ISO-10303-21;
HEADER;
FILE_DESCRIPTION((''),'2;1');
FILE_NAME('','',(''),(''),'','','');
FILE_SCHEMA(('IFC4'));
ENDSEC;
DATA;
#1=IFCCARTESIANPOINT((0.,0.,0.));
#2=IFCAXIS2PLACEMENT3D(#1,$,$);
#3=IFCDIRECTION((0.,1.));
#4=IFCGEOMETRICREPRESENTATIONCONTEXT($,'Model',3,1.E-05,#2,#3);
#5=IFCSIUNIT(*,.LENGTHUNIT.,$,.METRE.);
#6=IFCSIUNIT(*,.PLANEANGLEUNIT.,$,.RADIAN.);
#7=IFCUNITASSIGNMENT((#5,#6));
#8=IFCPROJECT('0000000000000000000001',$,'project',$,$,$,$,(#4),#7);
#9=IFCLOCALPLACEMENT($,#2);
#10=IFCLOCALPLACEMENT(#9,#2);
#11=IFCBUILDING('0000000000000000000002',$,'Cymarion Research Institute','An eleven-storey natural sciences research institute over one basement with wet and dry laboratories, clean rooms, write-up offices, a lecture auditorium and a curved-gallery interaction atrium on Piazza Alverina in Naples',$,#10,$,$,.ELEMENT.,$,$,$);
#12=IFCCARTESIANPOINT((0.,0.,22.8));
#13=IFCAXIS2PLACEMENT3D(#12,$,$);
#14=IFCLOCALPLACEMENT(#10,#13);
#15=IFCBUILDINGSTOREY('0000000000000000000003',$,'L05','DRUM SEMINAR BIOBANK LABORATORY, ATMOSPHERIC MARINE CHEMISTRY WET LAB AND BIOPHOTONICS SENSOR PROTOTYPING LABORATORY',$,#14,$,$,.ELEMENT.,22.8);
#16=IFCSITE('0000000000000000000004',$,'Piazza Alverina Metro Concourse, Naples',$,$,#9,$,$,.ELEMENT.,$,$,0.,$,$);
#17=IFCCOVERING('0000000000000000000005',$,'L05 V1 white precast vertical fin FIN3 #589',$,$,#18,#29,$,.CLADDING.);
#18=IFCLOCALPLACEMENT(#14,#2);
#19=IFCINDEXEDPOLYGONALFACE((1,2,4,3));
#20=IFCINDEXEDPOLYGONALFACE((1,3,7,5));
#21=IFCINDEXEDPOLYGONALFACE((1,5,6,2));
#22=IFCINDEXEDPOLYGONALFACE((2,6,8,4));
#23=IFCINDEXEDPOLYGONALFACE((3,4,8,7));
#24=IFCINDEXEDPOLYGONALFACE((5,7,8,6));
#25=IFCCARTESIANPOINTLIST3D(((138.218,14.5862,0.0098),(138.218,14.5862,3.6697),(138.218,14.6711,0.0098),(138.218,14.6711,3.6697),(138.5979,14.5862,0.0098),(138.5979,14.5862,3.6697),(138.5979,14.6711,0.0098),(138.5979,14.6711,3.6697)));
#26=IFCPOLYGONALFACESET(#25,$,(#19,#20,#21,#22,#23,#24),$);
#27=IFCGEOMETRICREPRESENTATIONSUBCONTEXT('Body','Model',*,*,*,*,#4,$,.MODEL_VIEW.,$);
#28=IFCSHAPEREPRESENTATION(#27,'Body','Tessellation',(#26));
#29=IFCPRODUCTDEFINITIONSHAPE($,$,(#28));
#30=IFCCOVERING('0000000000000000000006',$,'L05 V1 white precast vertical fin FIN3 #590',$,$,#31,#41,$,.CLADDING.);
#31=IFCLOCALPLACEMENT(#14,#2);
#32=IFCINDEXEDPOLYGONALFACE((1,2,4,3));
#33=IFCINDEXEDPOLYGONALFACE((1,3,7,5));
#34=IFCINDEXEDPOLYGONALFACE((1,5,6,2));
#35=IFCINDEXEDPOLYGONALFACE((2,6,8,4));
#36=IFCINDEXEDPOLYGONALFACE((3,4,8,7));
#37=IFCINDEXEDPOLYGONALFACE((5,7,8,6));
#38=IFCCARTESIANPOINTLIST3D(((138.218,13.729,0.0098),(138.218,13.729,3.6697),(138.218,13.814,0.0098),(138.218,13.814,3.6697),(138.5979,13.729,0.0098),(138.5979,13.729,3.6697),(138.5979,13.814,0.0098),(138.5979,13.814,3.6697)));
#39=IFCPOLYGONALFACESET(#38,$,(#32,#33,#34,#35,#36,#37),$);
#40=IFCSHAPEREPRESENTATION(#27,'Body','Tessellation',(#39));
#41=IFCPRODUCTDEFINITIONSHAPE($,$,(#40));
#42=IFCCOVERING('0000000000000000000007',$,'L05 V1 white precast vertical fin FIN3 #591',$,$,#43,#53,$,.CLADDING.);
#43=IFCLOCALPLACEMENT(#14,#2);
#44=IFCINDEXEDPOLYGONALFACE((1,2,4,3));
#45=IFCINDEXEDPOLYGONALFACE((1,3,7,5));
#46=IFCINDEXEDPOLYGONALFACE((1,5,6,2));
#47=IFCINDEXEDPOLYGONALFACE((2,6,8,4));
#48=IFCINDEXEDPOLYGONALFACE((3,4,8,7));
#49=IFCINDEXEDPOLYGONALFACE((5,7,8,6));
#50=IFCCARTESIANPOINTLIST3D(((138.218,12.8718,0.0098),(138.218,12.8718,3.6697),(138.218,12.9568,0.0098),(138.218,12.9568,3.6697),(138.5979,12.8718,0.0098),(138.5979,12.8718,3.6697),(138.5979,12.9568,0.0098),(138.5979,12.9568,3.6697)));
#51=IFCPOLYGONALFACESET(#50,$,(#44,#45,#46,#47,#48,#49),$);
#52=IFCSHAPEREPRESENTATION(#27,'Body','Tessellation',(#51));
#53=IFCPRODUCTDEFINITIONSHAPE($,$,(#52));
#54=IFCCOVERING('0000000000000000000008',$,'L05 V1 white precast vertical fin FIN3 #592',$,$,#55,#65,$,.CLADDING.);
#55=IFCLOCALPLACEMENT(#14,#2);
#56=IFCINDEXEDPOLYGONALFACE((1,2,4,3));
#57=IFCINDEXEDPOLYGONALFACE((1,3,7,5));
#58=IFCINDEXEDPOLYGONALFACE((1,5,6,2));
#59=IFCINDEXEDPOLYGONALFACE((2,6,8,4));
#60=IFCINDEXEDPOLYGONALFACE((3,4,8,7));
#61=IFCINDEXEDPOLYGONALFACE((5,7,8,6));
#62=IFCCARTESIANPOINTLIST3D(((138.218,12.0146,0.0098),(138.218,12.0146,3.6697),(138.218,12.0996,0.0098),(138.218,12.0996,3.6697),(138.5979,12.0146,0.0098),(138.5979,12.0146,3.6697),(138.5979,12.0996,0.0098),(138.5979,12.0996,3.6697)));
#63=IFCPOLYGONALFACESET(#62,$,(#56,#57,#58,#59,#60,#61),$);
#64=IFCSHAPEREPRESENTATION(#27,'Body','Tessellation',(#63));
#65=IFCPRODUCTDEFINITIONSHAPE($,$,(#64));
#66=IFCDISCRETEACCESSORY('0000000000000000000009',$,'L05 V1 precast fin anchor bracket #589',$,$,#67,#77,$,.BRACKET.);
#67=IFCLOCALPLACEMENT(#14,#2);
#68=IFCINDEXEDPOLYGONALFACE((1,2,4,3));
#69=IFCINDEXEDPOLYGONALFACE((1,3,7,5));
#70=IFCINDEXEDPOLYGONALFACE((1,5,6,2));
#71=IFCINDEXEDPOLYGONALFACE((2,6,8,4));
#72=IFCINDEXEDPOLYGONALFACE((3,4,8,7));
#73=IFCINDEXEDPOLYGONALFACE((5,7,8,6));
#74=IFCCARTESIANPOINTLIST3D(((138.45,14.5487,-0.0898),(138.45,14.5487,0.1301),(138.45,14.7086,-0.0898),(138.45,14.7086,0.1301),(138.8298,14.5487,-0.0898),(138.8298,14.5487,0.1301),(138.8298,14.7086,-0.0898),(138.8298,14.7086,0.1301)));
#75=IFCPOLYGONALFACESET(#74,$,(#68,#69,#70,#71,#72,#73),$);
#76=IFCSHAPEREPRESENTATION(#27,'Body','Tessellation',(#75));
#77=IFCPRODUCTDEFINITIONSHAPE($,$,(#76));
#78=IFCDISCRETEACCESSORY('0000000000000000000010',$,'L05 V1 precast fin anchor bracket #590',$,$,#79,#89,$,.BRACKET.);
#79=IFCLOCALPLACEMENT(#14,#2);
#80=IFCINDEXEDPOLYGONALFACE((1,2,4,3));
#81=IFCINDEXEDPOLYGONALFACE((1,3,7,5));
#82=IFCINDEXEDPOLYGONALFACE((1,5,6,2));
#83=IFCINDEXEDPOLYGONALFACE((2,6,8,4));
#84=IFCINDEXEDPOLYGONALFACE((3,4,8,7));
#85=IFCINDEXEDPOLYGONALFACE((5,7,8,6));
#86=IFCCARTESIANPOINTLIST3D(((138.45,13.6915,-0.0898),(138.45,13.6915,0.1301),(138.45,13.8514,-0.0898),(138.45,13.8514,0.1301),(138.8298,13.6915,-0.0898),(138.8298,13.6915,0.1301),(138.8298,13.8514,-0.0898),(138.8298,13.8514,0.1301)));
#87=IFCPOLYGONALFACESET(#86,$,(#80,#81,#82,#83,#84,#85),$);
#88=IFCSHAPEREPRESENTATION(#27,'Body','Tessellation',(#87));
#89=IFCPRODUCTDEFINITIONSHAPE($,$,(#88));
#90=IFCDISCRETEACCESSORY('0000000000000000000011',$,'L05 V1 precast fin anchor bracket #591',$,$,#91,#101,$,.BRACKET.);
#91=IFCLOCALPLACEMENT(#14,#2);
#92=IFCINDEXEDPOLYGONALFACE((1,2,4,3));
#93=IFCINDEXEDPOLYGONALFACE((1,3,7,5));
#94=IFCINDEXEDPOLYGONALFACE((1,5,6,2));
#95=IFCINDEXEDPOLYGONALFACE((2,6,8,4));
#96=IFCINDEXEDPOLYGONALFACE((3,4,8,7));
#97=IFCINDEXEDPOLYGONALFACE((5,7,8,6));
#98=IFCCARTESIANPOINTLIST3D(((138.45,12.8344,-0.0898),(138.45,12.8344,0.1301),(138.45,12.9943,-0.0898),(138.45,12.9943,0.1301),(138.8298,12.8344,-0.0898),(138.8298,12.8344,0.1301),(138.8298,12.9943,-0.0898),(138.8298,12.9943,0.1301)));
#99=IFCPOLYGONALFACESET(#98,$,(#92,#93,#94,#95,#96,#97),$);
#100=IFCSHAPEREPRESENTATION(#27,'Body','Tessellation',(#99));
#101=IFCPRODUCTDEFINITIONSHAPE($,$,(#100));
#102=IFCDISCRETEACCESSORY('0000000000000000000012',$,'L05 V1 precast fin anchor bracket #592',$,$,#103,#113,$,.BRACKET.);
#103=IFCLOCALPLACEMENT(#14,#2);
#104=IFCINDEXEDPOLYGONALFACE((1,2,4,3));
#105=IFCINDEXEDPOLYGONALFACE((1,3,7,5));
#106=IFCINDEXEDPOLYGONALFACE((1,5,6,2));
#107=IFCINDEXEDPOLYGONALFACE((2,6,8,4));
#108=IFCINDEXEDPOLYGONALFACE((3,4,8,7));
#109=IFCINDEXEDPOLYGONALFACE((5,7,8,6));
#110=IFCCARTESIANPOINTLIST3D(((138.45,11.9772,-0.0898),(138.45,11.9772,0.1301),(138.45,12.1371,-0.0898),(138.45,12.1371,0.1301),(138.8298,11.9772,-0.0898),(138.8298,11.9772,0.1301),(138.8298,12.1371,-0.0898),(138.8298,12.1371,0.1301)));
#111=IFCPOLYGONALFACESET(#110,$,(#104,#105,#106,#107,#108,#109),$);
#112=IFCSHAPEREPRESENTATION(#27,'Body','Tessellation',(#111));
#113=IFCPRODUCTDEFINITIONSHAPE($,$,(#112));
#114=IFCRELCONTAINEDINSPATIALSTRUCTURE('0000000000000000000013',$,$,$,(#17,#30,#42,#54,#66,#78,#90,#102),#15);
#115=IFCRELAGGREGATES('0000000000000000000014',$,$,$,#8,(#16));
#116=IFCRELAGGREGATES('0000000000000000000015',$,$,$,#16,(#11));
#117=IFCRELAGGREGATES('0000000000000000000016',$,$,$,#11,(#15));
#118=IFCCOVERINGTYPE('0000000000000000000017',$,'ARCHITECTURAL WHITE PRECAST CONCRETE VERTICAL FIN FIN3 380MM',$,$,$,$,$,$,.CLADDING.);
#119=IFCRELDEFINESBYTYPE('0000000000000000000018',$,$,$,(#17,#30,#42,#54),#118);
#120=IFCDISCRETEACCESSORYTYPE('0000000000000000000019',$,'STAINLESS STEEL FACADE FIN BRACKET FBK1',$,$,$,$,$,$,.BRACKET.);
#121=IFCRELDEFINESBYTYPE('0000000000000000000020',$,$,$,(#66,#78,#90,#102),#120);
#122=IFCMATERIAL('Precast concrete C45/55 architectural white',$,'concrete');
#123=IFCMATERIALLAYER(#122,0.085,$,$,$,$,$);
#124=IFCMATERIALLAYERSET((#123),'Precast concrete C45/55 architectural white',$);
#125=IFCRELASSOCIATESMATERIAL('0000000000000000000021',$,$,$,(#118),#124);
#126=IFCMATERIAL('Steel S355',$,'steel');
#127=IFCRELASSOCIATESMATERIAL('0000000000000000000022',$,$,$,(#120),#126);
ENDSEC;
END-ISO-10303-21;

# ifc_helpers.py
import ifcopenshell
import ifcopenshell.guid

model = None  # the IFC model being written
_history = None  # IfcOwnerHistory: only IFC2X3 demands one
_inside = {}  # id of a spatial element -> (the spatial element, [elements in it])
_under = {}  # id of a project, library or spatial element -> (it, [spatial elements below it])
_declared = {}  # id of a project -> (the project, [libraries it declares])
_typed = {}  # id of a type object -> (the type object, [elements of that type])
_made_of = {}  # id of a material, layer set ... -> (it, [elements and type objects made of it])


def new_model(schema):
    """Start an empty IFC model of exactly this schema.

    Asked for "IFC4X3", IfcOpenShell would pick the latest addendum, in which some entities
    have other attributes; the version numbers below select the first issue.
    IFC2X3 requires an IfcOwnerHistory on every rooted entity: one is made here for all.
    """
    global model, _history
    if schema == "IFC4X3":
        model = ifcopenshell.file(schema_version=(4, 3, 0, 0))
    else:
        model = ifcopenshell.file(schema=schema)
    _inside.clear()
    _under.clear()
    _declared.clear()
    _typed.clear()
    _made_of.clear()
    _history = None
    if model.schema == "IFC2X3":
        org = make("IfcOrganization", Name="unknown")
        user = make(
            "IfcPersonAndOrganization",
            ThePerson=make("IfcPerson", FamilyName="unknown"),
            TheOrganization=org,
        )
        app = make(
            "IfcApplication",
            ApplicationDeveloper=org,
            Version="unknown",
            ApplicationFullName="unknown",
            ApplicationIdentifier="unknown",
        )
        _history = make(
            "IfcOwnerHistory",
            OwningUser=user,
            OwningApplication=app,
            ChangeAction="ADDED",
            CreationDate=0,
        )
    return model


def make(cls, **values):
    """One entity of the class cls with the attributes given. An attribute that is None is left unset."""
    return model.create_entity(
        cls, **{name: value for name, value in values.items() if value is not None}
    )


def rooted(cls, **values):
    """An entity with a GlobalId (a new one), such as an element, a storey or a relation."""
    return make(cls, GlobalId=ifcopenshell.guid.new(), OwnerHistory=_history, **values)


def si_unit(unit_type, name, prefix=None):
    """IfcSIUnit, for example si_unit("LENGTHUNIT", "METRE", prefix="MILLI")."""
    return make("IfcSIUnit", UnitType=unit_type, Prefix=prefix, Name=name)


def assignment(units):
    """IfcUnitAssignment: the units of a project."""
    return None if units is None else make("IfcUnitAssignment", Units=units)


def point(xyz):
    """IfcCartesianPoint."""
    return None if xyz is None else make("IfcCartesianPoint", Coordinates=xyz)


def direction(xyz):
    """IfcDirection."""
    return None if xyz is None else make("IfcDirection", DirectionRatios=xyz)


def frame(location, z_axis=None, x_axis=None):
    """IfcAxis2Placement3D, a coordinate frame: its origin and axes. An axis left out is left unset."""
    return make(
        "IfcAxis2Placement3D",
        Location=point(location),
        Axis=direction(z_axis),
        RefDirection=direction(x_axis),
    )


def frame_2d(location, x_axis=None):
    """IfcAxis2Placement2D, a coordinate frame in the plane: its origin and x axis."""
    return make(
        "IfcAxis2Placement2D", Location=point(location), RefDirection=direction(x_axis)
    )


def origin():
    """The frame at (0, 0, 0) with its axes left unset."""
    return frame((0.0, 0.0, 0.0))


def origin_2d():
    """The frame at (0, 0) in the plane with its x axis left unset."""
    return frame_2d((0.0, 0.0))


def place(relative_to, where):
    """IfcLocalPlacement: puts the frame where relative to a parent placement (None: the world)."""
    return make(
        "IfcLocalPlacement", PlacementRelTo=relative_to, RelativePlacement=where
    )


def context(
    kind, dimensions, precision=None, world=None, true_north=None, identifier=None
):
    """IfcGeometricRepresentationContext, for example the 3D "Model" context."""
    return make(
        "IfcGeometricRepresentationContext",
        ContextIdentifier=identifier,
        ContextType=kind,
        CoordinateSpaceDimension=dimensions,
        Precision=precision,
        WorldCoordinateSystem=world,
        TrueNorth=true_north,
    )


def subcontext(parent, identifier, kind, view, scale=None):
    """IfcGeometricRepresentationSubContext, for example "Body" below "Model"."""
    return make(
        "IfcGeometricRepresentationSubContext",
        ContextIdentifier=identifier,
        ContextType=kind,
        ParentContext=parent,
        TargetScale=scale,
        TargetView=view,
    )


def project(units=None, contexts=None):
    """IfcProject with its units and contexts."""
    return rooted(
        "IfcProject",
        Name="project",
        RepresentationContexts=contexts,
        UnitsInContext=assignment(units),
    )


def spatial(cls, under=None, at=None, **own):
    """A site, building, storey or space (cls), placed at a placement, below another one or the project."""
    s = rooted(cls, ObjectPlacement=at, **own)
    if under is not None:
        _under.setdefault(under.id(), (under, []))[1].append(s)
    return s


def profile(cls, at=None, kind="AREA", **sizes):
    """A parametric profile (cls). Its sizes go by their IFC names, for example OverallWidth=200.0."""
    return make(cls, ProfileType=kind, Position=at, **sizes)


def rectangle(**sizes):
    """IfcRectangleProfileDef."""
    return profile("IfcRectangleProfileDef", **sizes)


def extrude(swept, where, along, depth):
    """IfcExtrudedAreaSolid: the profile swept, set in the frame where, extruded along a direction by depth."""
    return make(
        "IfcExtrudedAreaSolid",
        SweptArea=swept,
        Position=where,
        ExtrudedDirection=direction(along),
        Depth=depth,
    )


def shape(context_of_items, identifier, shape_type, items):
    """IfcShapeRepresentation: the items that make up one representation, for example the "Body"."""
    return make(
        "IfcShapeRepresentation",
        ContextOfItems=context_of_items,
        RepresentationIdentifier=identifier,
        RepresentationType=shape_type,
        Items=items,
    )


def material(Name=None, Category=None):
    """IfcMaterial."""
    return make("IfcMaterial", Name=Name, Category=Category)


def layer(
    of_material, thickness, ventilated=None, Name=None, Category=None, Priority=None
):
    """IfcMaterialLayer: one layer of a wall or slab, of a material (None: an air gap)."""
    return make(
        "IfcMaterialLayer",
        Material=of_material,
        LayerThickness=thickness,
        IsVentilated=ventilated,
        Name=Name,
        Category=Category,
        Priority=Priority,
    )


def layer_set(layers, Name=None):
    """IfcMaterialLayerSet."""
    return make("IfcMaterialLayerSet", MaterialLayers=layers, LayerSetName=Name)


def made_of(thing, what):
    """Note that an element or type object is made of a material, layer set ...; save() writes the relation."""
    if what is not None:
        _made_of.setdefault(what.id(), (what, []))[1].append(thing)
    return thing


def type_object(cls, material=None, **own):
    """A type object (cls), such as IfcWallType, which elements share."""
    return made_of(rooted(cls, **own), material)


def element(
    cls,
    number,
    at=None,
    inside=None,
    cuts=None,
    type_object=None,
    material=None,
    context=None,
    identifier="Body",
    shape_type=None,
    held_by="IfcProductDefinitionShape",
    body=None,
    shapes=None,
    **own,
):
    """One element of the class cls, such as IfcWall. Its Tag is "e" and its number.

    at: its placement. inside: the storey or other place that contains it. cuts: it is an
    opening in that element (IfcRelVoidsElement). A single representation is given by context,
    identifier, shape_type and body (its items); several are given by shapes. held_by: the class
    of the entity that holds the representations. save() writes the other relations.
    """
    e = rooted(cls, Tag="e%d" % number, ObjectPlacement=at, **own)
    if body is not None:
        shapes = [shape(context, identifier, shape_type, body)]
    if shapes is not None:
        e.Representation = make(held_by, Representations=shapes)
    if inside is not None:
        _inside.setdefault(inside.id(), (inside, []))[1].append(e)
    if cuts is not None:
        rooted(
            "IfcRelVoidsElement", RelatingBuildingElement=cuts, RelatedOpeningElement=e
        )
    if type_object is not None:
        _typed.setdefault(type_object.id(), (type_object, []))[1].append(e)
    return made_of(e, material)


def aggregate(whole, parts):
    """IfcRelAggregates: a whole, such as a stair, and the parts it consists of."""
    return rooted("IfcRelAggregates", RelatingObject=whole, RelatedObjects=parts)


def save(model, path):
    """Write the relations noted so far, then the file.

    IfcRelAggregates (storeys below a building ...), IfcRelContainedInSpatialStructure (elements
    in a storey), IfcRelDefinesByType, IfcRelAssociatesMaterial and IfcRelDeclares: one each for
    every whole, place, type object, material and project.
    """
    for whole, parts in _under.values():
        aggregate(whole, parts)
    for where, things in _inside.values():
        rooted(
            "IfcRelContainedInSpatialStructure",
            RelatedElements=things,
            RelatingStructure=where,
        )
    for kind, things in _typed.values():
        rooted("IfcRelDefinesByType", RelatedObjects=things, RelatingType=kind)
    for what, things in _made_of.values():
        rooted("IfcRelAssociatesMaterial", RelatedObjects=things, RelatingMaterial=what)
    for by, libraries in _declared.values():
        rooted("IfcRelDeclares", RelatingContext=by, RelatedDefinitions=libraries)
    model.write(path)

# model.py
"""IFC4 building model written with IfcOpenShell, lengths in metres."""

from ifc_helpers import new_model, si_unit, direction, frame, origin, origin_2d, place, context, subcontext, project, spatial, rectangle, extrude, material, layer, layer_set, type_object, element, save


model = new_model("IFC4")

# Units and contexts
model_context = context("Model", 3, precision=1e-05, world=origin(), true_north=direction((0.0, 1.0)))
body_context = subcontext(model_context, "Body", "Model", "MODEL_VIEW")
ifc_project = project(units=[si_unit("LENGTHUNIT", "METRE"), si_unit("PLANEANGLEUNIT", "RADIAN")], contexts=[model_context])

# Site, building, storey
site_placement = place(None, origin())
site = spatial("IfcSite", under=ifc_project, at=site_placement, Name="Piazza Alverina Metro Concourse, Naples", CompositionType="ELEMENT", RefElevation=0.0)
building_placement = place(site_placement, origin())
building = spatial("IfcBuilding", under=site, at=building_placement, Name="Cymarion Research Institute", Description="An eleven-storey natural sciences research institute over one basement with wet and dry laboratories, clean rooms, write-up offices, a lecture auditorium and a curved-gallery interaction atrium on Piazza Alverina in Naples", CompositionType="ELEMENT")
storey_placement = place(building_placement, frame((0.0, 0.0, 22.8)))
storey = spatial("IfcBuildingStorey", under=building, at=storey_placement, Name="L05", Description="DRUM SEMINAR BIOBANK LABORATORY, ATMOSPHERIC MARINE CHEMISTRY WET LAB AND BIOPHOTONICS SENSOR PROTOTYPING LABORATORY", CompositionType="ELEMENT", Elevation=22.8)

# Coverings
ifc_material_1 = material(Name="Precast concrete C45/55 architectural white", Category="concrete")
ifc_layer_1 = layer(ifc_material_1, 0.085)
ifc_layer_set_1 = layer_set([ifc_layer_1], Name="Precast concrete C45/55 architectural white")
covering_type = type_object("IfcCoveringType", Name="ARCHITECTURAL WHITE PRECAST CONCRETE VERTICAL FIN FIN3 380MM", PredefinedType="CLADDING", material=ifc_layer_set_1)
for number, where, z_axis, x_axis, name in (
    (1, (138.408, 14.6287, 0.0098), (0.0, 0.0, 1.0), (-1.0, 0.0, 0.0), "L05 V1 white precast vertical fin FIN3 #589"),
    (2, (138.408, 13.7715, 0.0098), (0.0, 0.0, 1.0), (-1.0, 0.0, 0.0), "L05 V1 white precast vertical fin FIN3 #590"),
    (3, (138.408, 12.9143, 0.0098), (0.0, 0.0, 1.0), (-1.0, 0.0, 0.0), "L05 V1 white precast vertical fin FIN3 #591"),
    (4, (138.408, 12.0571, 0.0098), (0.0, 0.0, 1.0), (-1.0, 0.0, 0.0), "L05 V1 white precast vertical fin FIN3 #592"),
):
    element("IfcCovering", number, at=place(storey_placement, frame(where, z_axis=z_axis, x_axis=x_axis)), inside=storey, type_object=covering_type, Name=name, PredefinedType="CLADDING", context=body_context, shape_type="SweptSolid", body=[
        extrude(rectangle(XDim=0.3799, YDim=0.085, at=origin_2d()), origin(), (0.0, 0.0, 1.0), 3.6599),
    ])

# Discrete accessories
ifc_material_2 = material(Name="Steel S355", Category="steel")
discrete_accessory_type = type_object("IfcDiscreteAccessoryType", Name="STAINLESS STEEL FACADE FIN BRACKET FBK1", PredefinedType="BRACKET", material=ifc_material_2)
for number, where, z_axis, x_axis, name in (
    (5, (138.6399, 14.6287, -0.0898), (0.0, 0.0, 1.0), (-1.0, 0.0, 0.0), "L05 V1 precast fin anchor bracket #589"),
    (6, (138.6399, 13.7715, -0.0898), (0.0, 0.0, 1.0), (-1.0, 0.0, 0.0), "L05 V1 precast fin anchor bracket #590"),
    (7, (138.6399, 12.9143, -0.0898), (0.0, 0.0, 1.0), (-1.0, 0.0, 0.0), "L05 V1 precast fin anchor bracket #591"),
    (8, (138.6399, 12.0571, -0.0898), (0.0, 0.0, 1.0), (-1.0, 0.0, 0.0), "L05 V1 precast fin anchor bracket #592"),
):
    element("IfcDiscreteAccessory", number, at=place(storey_placement, frame(where, z_axis=z_axis, x_axis=x_axis)), inside=storey, type_object=discrete_accessory_type, Name=name, PredefinedType="BRACKET", context=body_context, shape_type="SweptSolid", body=[
        extrude(rectangle(XDim=0.3799, YDim=0.1599, at=origin_2d()), origin(), (0.0, 0.0, 1.0), 0.22),
    ])

save(model, "model.ifc")
